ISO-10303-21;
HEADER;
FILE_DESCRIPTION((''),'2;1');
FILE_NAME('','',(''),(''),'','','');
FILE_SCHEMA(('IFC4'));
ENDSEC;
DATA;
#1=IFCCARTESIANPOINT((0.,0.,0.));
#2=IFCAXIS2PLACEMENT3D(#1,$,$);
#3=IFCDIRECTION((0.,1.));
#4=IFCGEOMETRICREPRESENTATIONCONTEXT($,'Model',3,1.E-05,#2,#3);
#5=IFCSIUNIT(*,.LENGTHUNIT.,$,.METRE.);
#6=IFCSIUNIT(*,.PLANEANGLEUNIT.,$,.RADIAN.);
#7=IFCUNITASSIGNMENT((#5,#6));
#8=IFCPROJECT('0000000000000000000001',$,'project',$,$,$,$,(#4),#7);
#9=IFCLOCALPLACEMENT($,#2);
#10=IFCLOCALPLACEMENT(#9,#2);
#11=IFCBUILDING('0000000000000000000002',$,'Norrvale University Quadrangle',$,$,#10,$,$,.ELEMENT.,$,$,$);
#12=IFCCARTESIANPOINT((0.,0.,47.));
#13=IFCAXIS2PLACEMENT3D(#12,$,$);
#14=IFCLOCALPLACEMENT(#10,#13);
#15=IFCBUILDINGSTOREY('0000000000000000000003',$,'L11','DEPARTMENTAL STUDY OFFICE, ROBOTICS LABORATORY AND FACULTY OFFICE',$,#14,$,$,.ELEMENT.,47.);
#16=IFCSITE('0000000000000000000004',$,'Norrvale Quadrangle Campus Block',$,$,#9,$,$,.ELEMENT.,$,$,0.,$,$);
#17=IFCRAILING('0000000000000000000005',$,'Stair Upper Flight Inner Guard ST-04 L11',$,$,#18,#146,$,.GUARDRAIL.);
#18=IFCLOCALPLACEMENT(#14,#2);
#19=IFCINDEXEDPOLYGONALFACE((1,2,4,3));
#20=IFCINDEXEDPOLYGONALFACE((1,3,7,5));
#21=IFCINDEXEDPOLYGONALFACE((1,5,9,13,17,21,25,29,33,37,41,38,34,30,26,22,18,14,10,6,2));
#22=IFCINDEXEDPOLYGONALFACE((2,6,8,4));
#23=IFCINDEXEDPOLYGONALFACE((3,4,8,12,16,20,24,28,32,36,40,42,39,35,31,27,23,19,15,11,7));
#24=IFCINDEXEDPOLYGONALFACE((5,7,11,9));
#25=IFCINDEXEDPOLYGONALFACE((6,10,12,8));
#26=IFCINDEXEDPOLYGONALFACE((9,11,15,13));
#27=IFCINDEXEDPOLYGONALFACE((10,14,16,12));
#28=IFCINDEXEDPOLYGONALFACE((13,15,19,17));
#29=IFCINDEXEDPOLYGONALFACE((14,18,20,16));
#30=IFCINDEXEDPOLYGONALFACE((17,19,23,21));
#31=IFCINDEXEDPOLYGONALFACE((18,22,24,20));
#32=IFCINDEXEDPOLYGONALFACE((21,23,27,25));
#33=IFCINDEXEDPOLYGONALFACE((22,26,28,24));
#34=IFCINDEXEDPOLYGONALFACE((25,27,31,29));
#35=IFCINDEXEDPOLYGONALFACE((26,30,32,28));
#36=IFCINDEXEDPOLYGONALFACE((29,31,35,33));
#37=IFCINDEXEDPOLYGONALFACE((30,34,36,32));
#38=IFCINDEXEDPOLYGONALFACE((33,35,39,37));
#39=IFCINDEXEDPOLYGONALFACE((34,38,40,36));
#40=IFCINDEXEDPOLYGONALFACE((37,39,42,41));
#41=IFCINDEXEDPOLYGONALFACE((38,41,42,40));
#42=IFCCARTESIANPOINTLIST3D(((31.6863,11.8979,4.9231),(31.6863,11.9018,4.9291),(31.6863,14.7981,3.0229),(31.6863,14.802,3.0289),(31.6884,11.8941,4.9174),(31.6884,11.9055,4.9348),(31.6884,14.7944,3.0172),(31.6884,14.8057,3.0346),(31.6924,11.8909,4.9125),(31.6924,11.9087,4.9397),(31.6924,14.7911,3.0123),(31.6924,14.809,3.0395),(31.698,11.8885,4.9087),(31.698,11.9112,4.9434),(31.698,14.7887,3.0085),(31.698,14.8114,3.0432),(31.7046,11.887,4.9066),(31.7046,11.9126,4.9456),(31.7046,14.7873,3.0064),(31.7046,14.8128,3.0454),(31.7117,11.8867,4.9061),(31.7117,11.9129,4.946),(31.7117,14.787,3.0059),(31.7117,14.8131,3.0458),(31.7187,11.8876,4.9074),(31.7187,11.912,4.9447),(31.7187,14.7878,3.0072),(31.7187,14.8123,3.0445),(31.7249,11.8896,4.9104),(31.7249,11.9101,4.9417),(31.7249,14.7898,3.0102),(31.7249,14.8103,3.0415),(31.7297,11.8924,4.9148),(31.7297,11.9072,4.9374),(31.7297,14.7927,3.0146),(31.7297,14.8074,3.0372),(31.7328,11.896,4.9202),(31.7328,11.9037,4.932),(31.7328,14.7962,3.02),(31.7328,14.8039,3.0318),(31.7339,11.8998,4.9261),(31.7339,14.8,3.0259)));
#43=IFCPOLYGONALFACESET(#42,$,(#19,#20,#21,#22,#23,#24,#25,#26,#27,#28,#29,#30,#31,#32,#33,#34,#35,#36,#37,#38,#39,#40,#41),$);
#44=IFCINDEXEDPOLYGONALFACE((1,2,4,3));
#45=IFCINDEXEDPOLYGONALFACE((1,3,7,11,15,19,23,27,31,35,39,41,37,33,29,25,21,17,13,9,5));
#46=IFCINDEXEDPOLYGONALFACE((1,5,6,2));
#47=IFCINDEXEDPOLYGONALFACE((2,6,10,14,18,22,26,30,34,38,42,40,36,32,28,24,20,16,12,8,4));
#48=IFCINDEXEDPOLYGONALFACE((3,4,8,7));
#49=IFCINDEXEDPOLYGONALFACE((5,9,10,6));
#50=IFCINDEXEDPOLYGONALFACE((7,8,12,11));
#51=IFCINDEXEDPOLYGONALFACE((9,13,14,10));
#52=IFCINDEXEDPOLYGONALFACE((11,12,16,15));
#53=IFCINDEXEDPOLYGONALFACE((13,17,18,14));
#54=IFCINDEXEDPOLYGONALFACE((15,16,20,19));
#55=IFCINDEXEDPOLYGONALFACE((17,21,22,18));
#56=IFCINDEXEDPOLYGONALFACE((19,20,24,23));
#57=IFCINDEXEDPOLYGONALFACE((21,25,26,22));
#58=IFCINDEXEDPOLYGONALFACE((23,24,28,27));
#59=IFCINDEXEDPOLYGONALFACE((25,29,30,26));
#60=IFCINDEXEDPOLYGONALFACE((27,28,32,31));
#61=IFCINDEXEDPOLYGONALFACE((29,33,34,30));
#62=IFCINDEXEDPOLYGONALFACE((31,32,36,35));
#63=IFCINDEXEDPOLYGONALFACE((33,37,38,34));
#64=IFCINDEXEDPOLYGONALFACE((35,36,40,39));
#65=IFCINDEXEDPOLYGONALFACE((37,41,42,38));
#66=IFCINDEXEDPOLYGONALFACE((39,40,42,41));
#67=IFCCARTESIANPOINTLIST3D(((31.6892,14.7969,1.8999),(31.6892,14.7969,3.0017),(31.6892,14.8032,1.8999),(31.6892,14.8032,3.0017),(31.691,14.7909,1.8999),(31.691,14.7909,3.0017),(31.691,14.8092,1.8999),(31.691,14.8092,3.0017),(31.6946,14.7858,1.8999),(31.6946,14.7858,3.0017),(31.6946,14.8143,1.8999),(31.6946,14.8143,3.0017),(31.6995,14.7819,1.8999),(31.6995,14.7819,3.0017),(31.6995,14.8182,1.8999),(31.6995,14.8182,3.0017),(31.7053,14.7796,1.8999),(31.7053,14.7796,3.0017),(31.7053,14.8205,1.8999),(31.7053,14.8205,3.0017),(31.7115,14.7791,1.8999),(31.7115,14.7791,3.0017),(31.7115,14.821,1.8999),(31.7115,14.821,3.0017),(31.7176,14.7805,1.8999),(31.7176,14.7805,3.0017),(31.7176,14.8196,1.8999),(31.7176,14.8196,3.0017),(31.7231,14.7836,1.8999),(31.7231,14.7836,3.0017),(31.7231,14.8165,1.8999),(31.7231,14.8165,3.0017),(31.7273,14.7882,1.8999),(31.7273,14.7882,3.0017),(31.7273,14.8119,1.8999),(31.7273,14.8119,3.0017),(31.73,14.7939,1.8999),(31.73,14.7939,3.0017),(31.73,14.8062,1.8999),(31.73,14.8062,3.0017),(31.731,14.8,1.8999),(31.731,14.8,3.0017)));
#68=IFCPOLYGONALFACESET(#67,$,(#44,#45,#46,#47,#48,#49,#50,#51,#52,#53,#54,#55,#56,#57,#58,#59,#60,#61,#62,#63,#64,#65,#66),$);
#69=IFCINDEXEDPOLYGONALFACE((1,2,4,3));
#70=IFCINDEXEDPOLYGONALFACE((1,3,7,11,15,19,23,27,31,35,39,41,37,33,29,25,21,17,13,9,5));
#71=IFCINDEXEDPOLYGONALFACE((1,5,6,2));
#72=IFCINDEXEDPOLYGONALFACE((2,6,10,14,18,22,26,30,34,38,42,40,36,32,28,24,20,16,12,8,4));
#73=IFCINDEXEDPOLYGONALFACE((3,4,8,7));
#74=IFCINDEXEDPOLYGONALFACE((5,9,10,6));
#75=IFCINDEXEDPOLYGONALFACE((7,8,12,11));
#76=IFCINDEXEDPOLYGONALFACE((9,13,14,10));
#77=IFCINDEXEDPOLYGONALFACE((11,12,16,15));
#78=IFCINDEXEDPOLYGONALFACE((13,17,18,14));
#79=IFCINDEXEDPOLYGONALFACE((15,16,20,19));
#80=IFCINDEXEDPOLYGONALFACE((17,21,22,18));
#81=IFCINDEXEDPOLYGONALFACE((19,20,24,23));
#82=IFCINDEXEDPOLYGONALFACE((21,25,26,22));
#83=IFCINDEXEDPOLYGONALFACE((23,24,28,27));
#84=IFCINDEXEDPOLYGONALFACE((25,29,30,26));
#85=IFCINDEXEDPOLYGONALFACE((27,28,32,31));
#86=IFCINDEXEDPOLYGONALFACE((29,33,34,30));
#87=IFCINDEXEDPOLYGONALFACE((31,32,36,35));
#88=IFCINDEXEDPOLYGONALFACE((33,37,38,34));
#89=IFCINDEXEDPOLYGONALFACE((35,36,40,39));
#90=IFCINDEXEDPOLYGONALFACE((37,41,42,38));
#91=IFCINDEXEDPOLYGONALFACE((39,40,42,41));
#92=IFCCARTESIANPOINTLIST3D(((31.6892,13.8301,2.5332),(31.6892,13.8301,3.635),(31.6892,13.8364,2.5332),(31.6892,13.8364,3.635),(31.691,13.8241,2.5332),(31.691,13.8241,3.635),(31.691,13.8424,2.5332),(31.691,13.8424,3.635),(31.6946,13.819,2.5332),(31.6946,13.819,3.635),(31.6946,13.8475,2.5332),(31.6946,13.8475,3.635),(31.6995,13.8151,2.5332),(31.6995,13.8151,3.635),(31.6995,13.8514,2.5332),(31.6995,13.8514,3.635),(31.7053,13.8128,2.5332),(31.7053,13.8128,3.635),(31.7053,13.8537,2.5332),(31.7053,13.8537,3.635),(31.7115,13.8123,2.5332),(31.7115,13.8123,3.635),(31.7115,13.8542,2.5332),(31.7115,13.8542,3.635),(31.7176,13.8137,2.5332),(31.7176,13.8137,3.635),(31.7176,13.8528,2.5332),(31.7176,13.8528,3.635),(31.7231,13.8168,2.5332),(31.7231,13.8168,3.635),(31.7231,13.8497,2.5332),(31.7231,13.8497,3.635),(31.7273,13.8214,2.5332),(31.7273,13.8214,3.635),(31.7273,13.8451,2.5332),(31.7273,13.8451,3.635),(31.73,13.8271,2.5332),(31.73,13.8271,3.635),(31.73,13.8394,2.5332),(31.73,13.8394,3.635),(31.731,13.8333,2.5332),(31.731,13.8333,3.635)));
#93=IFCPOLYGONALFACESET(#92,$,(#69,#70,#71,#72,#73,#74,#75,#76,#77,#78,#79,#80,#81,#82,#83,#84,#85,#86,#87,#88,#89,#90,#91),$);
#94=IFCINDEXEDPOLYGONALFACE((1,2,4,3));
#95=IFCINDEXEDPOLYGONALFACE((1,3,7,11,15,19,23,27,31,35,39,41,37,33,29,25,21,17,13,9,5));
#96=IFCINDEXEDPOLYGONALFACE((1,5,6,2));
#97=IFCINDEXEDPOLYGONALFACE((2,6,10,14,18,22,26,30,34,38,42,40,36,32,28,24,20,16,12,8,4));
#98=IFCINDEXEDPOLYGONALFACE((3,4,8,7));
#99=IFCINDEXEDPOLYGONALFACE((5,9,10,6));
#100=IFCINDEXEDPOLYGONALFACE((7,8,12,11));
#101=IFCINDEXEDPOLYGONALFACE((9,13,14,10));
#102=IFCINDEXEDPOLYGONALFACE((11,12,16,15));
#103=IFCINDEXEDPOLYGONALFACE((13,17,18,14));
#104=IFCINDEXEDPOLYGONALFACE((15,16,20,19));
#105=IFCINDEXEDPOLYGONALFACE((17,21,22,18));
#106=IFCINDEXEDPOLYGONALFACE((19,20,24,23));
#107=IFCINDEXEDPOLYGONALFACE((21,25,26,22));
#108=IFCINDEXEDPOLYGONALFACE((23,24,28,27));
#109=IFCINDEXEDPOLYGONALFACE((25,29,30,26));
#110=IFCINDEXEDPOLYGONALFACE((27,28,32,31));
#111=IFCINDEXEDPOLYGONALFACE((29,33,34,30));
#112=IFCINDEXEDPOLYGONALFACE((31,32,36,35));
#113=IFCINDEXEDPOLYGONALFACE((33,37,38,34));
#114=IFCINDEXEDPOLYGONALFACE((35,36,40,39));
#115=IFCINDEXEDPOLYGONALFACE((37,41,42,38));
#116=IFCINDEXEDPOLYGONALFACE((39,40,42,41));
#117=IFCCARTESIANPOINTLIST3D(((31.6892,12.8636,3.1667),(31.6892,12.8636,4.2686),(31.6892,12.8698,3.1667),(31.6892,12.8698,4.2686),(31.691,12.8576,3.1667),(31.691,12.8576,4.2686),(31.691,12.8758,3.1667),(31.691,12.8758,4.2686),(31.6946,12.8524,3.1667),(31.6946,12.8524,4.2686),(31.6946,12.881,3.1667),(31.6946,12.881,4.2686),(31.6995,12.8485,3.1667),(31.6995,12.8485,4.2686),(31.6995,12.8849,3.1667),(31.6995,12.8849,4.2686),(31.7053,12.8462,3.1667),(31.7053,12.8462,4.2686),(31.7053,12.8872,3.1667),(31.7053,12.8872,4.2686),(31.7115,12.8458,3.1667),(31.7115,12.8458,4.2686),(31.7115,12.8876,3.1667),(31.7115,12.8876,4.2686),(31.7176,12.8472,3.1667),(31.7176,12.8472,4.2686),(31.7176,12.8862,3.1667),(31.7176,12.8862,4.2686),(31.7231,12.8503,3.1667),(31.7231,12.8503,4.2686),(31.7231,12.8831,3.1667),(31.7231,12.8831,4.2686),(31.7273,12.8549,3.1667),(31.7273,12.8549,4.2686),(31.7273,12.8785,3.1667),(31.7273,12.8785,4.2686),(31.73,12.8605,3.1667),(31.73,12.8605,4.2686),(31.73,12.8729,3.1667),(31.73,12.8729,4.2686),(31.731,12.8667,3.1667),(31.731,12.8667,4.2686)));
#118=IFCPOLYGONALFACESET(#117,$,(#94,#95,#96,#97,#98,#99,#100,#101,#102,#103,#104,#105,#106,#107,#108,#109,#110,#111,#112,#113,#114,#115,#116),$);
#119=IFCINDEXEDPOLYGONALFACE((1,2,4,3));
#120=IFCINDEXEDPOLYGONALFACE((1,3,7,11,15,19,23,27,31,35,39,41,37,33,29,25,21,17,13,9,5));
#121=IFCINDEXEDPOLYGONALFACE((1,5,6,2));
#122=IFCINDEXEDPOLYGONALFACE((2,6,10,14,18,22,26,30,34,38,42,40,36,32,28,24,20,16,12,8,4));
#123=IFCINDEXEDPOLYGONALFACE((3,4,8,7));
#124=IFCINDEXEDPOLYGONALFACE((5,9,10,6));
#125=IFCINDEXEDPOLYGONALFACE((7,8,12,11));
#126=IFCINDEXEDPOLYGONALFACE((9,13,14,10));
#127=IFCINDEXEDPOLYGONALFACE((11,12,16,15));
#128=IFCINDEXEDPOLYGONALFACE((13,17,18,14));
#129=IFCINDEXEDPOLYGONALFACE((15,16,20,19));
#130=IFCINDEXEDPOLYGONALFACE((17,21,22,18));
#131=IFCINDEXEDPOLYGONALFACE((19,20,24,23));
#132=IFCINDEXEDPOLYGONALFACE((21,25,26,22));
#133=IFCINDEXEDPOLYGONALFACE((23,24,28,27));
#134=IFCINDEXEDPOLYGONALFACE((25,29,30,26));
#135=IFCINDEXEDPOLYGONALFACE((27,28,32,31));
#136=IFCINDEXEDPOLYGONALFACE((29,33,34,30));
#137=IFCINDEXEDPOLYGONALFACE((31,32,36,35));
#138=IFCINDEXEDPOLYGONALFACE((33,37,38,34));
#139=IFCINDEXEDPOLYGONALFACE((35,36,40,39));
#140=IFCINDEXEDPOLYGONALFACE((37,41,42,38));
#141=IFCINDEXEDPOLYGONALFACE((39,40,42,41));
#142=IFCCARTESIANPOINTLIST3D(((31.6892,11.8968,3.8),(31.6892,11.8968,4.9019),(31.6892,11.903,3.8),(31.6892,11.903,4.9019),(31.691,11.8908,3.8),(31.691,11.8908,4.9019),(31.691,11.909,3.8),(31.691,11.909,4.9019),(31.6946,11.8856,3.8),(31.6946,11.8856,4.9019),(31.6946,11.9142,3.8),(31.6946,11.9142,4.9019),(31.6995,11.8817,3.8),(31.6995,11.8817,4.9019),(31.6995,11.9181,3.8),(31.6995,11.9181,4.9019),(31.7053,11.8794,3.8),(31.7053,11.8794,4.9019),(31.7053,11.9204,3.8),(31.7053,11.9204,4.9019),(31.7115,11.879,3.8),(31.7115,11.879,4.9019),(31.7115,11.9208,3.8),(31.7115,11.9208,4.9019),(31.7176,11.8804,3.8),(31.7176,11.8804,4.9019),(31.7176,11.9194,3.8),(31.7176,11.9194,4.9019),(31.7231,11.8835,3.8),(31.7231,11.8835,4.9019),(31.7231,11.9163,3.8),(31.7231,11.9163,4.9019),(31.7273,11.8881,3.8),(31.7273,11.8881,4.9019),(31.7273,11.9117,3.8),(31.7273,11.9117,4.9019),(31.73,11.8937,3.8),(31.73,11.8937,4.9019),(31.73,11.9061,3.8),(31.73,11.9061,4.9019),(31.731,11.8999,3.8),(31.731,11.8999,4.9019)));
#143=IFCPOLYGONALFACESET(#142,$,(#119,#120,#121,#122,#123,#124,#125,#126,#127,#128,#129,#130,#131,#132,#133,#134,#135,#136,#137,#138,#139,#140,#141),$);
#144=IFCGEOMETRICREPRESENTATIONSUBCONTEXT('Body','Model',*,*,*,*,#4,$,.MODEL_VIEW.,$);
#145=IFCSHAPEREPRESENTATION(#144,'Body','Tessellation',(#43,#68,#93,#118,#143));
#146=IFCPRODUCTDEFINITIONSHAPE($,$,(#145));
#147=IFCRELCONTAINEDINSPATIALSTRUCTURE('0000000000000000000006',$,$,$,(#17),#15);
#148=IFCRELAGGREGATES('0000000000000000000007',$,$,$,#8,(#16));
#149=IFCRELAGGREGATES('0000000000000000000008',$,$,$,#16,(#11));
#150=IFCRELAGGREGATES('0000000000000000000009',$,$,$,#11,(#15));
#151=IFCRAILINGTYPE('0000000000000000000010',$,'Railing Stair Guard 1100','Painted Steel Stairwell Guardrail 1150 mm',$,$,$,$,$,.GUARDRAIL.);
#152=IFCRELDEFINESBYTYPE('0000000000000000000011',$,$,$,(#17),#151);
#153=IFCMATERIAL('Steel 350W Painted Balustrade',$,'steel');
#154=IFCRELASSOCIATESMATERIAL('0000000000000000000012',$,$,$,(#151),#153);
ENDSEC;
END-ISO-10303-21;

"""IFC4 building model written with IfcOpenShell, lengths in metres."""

from ifc_helpers import new_model, si_unit, direction, frame, origin, origin_2d, place, context, subcontext, project, spatial, circle, extrude, material, type_object, element, save


model = new_model("IFC4")

# Units and contexts
model_context = context("Model", 3, precision=1e-05, world=origin(), true_north=direction((0.0, 1.0)))
body_context = subcontext(model_context, "Body", "Model", "MODEL_VIEW")
ifc_project = project(units=[si_unit("LENGTHUNIT", "METRE"), si_unit("PLANEANGLEUNIT", "RADIAN")], contexts=[model_context])

# Site, building, storey
site_placement = place(None, origin())
site = spatial("IfcSite", under=ifc_project, at=site_placement, Name="Norrvale Quadrangle Campus Block", CompositionType="ELEMENT", RefElevation=0.0)
building_placement = place(site_placement, origin())
building = spatial("IfcBuilding", under=site, at=building_placement, Name="Norrvale University Quadrangle", CompositionType="ELEMENT")
storey_placement = place(building_placement, frame((0.0, 0.0, 47.0)))
storey = spatial("IfcBuildingStorey", under=building, at=storey_placement, Name="L11", Description="DEPARTMENTAL STUDY OFFICE, ROBOTICS LABORATORY AND FACULTY OFFICE", CompositionType="ELEMENT", Elevation=47.0)

# Railing
ifc_material_1 = material(Name="Steel 350W Painted Balustrade", Category="steel")
railing_type_1 = type_object("IfcRailingType", Name="Railing Stair Guard 1100", Description="Painted Steel Stairwell Guardrail 1150 mm", PredefinedType="GUARDRAIL", material=ifc_material_1)
railing_1_placement = place(storey_placement, frame((31.71, 14.8, 1.8999)))
element("IfcRailing", 1, at=railing_1_placement, inside=storey, type_object=railing_type_1, Name="Stair Upper Flight Inner Guard ST-04 L11", PredefinedType="GUARDRAIL", context=body_context, shape_type="SweptSolid", body=[
    extrude(circle(Radius=0.0239, at=origin_2d()), frame((0.0, 0.0, 1.126), z_axis=(0.0, -0.836454, 0.548036), x_axis=(1.0, 0.0, 0.0)), (0.0, 0.0, 1.0), 3.4673),
    extrude(circle(Radius=0.021, at=origin_2d()), origin(), (0.0, 0.0, 1.0), 1.1018),
    extrude(circle(Radius=0.021, at=origin_2d()), frame((0.0, -0.9668, 0.6333)), (0.0, 0.0, 1.0), 1.1018),
    extrude(circle(Radius=0.021, at=origin_2d()), frame((0.0, -1.9333, 1.2668)), (0.0, 0.0, 1.0), 1.1018),
    extrude(circle(Radius=0.021, at=origin_2d()), frame((0.0, -2.9001, 1.9001)), (0.0, 0.0, 1.0), 1.1018),
])

save(model, "model.ifc")
